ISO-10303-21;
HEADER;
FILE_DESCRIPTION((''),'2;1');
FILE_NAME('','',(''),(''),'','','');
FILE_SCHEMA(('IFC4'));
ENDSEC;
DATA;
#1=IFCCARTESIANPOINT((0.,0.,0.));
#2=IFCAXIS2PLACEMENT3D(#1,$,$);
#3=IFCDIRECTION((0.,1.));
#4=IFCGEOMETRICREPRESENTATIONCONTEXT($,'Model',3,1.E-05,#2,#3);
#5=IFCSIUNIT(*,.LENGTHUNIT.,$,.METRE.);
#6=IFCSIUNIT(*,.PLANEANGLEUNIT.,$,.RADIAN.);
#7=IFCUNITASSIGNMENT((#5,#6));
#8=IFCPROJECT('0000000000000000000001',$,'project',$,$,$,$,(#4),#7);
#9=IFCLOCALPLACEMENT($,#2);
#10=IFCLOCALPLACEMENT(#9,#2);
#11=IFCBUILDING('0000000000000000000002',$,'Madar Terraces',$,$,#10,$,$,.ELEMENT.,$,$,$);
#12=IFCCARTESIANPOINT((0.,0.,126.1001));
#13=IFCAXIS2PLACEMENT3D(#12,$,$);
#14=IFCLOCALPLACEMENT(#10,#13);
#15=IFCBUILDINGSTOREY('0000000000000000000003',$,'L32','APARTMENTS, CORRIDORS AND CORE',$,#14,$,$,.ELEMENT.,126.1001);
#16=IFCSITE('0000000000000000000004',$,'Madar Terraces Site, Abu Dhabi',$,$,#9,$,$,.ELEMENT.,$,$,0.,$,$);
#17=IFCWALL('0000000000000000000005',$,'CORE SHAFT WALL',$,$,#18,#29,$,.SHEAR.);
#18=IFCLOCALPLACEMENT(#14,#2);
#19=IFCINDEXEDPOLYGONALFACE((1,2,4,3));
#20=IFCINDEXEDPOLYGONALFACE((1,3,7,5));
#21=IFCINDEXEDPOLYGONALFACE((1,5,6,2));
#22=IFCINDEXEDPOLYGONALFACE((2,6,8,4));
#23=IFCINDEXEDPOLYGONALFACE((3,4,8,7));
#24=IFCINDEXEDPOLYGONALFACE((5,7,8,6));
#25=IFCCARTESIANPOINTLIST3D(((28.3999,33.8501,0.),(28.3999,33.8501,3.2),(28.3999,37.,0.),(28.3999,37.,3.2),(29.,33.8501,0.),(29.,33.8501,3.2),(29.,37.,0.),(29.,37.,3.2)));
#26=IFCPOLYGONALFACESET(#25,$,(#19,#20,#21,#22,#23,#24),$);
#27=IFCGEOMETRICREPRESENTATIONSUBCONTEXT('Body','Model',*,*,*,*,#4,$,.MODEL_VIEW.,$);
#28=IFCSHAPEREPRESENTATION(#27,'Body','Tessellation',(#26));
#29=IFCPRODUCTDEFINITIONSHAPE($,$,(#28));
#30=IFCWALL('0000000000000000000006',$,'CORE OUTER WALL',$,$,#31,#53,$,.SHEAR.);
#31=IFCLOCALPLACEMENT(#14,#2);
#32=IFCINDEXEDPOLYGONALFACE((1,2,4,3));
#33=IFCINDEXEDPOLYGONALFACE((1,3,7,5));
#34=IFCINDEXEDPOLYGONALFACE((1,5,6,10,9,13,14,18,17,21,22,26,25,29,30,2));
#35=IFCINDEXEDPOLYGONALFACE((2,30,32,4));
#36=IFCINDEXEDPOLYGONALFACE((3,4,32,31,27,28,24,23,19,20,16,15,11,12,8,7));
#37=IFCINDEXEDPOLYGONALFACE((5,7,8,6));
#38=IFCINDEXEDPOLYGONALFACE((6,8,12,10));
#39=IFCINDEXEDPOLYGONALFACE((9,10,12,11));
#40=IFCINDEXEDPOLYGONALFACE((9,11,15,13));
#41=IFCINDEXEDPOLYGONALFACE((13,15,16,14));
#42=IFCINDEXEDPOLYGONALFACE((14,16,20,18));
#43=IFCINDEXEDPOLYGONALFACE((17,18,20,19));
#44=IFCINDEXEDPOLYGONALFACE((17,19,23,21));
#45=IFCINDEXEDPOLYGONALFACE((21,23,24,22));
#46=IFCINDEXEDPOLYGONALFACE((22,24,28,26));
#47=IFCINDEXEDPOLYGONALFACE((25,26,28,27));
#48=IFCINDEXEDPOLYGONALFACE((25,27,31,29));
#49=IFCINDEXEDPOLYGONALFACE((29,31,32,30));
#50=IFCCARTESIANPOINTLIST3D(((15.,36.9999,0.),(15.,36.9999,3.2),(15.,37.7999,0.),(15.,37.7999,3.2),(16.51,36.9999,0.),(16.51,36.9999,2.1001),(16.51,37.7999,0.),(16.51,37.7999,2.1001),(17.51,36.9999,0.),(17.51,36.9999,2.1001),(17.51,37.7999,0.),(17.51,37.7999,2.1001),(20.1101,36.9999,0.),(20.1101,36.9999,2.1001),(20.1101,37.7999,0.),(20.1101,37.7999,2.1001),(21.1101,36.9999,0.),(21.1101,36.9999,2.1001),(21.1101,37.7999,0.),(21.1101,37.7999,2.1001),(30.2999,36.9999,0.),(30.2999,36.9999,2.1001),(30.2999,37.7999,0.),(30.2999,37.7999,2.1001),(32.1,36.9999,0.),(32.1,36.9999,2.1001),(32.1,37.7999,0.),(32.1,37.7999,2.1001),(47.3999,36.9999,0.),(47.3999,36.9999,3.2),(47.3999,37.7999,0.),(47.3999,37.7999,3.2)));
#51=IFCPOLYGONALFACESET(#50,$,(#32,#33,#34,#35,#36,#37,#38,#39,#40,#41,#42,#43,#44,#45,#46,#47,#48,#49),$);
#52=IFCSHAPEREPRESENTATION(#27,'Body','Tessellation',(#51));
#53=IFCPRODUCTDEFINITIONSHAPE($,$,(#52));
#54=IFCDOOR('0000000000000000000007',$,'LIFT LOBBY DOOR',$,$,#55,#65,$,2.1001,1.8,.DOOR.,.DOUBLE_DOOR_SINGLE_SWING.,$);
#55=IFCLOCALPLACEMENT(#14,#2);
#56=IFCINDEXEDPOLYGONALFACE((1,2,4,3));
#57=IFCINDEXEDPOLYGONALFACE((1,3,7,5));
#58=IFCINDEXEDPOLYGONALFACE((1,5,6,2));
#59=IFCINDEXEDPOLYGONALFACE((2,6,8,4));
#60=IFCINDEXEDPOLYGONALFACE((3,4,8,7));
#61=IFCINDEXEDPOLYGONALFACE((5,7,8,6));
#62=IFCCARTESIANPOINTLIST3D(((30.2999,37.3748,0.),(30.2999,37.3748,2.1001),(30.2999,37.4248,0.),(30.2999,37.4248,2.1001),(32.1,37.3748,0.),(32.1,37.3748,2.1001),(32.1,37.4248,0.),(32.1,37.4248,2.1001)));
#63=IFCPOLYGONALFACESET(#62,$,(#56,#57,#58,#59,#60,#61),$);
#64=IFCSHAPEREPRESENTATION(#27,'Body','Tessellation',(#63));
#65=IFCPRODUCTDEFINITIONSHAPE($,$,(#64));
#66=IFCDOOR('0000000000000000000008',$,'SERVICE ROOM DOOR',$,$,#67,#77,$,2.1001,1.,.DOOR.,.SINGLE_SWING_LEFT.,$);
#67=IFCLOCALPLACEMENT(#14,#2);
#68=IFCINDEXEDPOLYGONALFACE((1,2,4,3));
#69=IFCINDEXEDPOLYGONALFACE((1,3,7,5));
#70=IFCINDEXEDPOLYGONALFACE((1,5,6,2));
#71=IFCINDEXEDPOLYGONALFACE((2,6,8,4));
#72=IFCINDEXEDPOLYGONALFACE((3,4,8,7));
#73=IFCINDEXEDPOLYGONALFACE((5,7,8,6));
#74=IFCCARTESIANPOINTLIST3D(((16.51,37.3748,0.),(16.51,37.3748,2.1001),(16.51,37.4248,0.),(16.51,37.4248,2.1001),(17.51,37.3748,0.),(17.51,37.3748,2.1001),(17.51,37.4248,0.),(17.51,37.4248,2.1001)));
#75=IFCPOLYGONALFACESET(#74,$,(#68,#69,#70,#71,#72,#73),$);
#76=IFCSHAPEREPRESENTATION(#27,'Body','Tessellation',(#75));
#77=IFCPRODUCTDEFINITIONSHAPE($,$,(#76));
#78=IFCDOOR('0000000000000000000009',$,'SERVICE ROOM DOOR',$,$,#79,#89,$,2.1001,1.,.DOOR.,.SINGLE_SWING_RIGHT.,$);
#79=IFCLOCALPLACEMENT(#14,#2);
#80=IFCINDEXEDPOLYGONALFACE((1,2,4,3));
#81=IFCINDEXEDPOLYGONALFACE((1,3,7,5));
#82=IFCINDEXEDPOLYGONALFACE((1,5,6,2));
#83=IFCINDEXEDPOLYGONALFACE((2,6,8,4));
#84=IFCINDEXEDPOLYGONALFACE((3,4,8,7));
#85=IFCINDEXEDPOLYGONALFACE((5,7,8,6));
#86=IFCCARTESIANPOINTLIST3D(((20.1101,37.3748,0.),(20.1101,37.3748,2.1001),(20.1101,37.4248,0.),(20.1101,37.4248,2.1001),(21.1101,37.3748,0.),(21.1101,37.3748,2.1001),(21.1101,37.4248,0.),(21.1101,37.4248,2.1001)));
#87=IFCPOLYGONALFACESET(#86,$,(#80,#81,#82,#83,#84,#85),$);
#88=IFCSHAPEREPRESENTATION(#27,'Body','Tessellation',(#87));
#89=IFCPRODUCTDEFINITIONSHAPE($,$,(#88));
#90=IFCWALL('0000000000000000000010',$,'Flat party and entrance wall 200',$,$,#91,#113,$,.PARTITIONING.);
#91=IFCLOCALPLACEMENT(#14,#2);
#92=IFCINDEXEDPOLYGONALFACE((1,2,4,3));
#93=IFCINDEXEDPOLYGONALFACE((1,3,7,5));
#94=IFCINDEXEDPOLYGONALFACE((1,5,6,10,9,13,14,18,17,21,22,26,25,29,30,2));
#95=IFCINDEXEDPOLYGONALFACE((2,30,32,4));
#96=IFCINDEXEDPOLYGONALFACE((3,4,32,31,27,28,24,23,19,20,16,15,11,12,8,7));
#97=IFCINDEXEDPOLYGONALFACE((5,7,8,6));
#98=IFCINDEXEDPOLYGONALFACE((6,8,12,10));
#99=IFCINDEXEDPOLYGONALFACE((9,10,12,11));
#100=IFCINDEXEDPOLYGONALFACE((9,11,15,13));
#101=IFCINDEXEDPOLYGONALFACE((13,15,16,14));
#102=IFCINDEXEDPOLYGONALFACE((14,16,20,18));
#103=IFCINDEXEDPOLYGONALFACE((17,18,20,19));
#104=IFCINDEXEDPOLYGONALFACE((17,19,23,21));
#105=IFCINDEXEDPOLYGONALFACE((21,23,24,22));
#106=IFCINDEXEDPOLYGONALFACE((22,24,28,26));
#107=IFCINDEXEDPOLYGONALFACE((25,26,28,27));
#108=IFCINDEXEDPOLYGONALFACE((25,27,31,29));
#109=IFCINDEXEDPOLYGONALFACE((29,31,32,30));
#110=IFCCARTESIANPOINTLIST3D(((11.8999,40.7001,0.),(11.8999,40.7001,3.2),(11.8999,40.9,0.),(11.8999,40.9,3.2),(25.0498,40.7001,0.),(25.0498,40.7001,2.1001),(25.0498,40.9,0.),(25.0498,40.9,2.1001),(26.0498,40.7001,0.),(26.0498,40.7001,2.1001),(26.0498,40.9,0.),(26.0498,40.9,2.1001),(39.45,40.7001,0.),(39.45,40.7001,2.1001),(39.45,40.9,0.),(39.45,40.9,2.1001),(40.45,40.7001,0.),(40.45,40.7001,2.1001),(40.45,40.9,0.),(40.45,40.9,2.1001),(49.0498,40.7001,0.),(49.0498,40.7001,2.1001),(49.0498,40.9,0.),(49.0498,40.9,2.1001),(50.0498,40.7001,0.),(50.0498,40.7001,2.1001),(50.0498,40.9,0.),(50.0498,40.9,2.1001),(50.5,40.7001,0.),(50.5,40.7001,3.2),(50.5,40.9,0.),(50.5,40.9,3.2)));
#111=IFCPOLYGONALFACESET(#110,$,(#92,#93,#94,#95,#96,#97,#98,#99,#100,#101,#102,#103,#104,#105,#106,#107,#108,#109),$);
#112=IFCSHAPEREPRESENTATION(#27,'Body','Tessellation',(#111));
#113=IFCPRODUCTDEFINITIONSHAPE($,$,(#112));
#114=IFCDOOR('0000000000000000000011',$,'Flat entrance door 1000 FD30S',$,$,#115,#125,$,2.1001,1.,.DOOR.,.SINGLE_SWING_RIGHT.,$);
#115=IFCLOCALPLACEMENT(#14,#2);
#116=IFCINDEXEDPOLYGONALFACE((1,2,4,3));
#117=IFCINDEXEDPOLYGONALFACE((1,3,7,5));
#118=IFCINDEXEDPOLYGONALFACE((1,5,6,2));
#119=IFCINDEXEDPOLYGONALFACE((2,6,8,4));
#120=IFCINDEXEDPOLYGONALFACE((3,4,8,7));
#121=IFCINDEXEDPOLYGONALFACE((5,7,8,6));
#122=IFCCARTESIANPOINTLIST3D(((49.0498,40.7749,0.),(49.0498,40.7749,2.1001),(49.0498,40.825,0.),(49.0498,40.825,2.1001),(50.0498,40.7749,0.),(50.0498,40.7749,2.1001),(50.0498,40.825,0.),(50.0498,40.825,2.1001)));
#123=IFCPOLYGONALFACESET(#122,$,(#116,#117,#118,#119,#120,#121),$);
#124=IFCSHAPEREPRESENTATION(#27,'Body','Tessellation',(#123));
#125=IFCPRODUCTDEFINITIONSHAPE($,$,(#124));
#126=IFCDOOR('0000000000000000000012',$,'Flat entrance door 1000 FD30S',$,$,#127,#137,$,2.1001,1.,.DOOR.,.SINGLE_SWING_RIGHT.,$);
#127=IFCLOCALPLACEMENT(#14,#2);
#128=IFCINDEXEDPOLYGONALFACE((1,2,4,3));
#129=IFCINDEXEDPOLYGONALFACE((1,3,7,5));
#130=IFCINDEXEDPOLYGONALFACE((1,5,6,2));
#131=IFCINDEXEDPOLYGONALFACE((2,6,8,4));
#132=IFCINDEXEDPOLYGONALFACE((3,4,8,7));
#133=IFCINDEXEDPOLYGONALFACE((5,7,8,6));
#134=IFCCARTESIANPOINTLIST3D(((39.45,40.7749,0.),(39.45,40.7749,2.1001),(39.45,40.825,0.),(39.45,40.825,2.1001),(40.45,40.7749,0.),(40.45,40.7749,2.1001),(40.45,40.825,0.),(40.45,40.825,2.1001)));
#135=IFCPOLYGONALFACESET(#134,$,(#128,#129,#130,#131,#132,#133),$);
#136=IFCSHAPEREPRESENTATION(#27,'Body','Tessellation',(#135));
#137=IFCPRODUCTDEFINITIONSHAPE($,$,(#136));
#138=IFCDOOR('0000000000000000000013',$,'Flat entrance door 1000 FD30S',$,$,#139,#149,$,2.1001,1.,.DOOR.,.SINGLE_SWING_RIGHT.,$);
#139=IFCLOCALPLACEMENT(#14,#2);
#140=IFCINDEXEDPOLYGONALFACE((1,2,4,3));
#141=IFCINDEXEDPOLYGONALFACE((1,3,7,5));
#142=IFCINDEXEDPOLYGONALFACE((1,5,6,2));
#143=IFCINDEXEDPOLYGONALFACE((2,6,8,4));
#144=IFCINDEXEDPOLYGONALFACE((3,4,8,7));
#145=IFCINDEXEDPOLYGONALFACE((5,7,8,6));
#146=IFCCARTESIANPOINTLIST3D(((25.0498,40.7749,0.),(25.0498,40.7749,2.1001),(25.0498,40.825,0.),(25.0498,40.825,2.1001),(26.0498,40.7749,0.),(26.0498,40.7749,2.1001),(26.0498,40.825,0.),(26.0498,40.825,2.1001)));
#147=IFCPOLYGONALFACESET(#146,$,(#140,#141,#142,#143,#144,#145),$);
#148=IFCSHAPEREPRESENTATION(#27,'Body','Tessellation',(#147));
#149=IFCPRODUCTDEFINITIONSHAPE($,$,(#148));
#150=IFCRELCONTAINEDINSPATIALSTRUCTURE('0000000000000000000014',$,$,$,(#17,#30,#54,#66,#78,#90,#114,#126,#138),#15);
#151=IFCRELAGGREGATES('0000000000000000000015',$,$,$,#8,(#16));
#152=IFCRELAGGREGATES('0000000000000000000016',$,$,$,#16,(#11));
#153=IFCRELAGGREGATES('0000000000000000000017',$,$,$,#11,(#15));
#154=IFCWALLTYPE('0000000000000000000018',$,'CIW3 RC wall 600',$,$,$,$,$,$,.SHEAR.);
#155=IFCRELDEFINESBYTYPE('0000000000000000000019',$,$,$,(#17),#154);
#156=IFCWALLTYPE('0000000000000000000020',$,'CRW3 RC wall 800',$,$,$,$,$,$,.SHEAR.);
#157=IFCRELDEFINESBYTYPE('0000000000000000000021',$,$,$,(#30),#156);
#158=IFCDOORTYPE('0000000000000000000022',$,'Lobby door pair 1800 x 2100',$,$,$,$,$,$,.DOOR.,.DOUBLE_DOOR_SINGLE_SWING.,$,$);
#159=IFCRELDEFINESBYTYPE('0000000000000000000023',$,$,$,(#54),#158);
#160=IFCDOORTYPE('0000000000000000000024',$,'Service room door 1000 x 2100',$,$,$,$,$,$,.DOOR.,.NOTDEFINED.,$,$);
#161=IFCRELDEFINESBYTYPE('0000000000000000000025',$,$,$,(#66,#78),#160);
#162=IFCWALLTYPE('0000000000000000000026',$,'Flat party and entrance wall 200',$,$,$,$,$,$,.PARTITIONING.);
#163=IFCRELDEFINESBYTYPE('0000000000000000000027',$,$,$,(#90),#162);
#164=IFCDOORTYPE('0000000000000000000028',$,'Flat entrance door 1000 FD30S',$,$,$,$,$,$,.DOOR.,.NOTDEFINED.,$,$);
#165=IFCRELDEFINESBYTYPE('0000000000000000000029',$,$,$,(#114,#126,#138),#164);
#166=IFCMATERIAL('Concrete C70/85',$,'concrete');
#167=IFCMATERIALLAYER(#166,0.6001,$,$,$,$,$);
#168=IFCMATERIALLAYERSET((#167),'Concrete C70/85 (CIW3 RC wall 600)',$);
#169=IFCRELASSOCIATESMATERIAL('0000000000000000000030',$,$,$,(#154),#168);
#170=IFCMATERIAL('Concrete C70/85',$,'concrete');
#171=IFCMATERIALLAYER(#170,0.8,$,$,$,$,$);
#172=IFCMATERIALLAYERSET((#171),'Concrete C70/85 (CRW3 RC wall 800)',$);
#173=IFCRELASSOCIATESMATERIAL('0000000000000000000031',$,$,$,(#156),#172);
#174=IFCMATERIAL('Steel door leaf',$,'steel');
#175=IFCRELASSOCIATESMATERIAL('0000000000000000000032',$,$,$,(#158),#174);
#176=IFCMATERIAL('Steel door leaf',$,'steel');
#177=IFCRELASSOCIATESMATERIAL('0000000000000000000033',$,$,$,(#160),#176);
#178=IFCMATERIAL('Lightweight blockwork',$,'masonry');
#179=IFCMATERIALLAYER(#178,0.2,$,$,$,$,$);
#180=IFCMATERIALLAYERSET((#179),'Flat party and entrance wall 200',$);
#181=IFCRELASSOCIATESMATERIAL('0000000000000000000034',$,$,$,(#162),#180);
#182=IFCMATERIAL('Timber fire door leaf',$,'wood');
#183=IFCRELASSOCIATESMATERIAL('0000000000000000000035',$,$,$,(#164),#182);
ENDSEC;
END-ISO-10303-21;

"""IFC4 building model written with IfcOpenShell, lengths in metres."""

from ifc_helpers import new_model, si_unit, direction, frame, frame_2d, origin, place, context, subcontext, project, spatial, rectangle, extrude, material, layer, layer_set, type_object, element, fill, save


model = new_model("IFC4")

# Units and contexts
model_context = context("Model", 3, precision=1e-05, world=origin(), true_north=direction((0.0, 1.0)))
body_context = subcontext(model_context, "Body", "Model", "MODEL_VIEW")
ifc_project = project(units=[si_unit("LENGTHUNIT", "METRE"), si_unit("PLANEANGLEUNIT", "RADIAN")], contexts=[model_context])

# Site, building, storey
site_placement = place(None, origin())
site = spatial("IfcSite", under=ifc_project, at=site_placement, Name="Madar Terraces Site, Abu Dhabi", CompositionType="ELEMENT", RefElevation=0.0)
building_placement = place(site_placement, origin())
building = spatial("IfcBuilding", under=site, at=building_placement, Name="Madar Terraces", CompositionType="ELEMENT")
storey_placement = place(building_placement, frame((0.0, 0.0, 126.1001)))
storey = spatial("IfcBuildingStorey", under=building, at=storey_placement, Name="L32", Description="APARTMENTS, CORRIDORS AND CORE", CompositionType="ELEMENT", Elevation=126.1001)

# Wall
ifc_material_1 = material(Name="Concrete C70/85", Category="concrete")
ifc_layer_1 = layer(ifc_material_1, 0.6001)
ifc_layer_set_1 = layer_set([ifc_layer_1], Name="Concrete C70/85 (CIW3 RC wall 600)")
wall_type_1 = type_object("IfcWallType", Name="CIW3 RC wall 600", PredefinedType="SHEAR", material=ifc_layer_set_1)
wall_1_placement = place(storey_placement, frame((28.7, 33.8501, 0.0), z_axis=(0.0, 0.0, 1.0), x_axis=(0.0, 1.0, 0.0)))
element("IfcWall", 1, at=wall_1_placement, inside=storey, type_object=wall_type_1, Name="CORE SHAFT WALL", PredefinedType="SHEAR", context=body_context, shape_type="SweptSolid", body=[
    extrude(rectangle(XDim=3.1499, YDim=0.6001, at=frame_2d((1.575, 0.0))), origin(), (0.0, 0.0, 1.0), 3.2),
])

# Walls, openings, doors
ifc_material_2 = material(Name="Concrete C70/85", Category="concrete")
ifc_layer_2 = layer(ifc_material_2, 0.8)
ifc_layer_set_2 = layer_set([ifc_layer_2], Name="Concrete C70/85 (CRW3 RC wall 800)")
wall_type_2 = type_object("IfcWallType", Name="CRW3 RC wall 800", PredefinedType="SHEAR", material=ifc_layer_set_2)
wall_2_placement = place(storey_placement, frame((15.0, 37.3999, 0.0), z_axis=(0.0, 0.0, 1.0), x_axis=(1.0, 0.0, 0.0)))
wall_2 = element("IfcWall", 2, at=wall_2_placement, inside=storey, type_object=wall_type_2, Name="CORE OUTER WALL", PredefinedType="SHEAR", context=body_context, shape_type="SweptSolid", body=[
    extrude(rectangle(XDim=32.3999, YDim=0.8, at=frame_2d((16.2, 0.0))), origin(), (0.0, 0.0, 1.0), 3.2),
])
opening_1_placement = place(wall_2_placement, frame((15.3, 0.0, 0.0)))
opening_1 = element("IfcOpeningElement", 3, at=opening_1_placement, cuts=wall_2, PredefinedType="OPENING", context=body_context, shape_type="SweptSolid", body=[
    extrude(rectangle(XDim=1.8, YDim=2.1001, at=frame_2d((0.8999, 1.05))), frame((0.0, 0.4099, 0.0), z_axis=(0.0, -1.0, 0.0), x_axis=(1.0, 0.0, 0.0)), (0.0, 0.0, 1.0), 0.8201),
])
opening_2_placement = place(wall_2_placement, frame((1.51, 0.0, 0.0)))
opening_2 = element("IfcOpeningElement", 4, at=opening_2_placement, cuts=wall_2, PredefinedType="OPENING", context=body_context, shape_type="SweptSolid", body=[
    extrude(rectangle(XDim=1.0, YDim=2.1001, at=frame_2d((0.5, 1.05))), frame((0.0, 0.4099, 0.0), z_axis=(0.0, -1.0, 0.0), x_axis=(1.0, 0.0, 0.0)), (0.0, 0.0, 1.0), 0.8201),
])
opening_3_placement = place(wall_2_placement, frame((5.1101, 0.0, 0.0)))
opening_3 = element("IfcOpeningElement", 5, at=opening_3_placement, cuts=wall_2, PredefinedType="OPENING", context=body_context, shape_type="SweptSolid", body=[
    extrude(rectangle(XDim=1.0, YDim=2.1001, at=frame_2d((0.5, 1.05))), frame((0.0, 0.4099, 0.0), z_axis=(0.0, -1.0, 0.0), x_axis=(1.0, 0.0, 0.0)), (0.0, 0.0, 1.0), 0.8201),
])
ifc_material_3 = material(Name="Steel door leaf", Category="steel")
door_type_1 = type_object("IfcDoorType", Name="Lobby door pair 1800 x 2100", OperationType="DOUBLE_DOOR_SINGLE_SWING", PredefinedType="DOOR", material=ifc_material_3)
door_1_placement = place(opening_1_placement, origin())
door_1 = element("IfcDoor", 6, at=door_1_placement, inside=storey, type_object=door_type_1, Name="LIFT LOBBY DOOR", OperationType="DOUBLE_DOOR_SINGLE_SWING", OverallHeight=2.1001, OverallWidth=1.8, PredefinedType="DOOR", context=body_context, shape_type="SweptSolid", body=[
    extrude(rectangle(XDim=1.8, YDim=2.1001, at=frame_2d((0.8999, 1.05))), frame((0.0, 0.0249, 0.0), z_axis=(0.0, -1.0, 0.0), x_axis=(1.0, 0.0, 0.0)), (0.0, 0.0, 1.0), 0.05),
])
fill(opening_1, door_1)
ifc_material_4 = material(Name="Steel door leaf", Category="steel")
door_type_2 = type_object("IfcDoorType", Name="Service room door 1000 x 2100", OperationType="NOTDEFINED", PredefinedType="DOOR", material=ifc_material_4)
door_2_placement = place(opening_2_placement, origin())
door_2 = element("IfcDoor", 7, at=door_2_placement, inside=storey, type_object=door_type_2, Name="SERVICE ROOM DOOR", OperationType="SINGLE_SWING_LEFT", OverallHeight=2.1001, OverallWidth=1.0, PredefinedType="DOOR", context=body_context, shape_type="SweptSolid", body=[
    extrude(rectangle(XDim=1.0, YDim=2.1001, at=frame_2d((0.5, 1.05))), frame((0.0, 0.0249, 0.0), z_axis=(0.0, -1.0, 0.0), x_axis=(1.0, 0.0, 0.0)), (0.0, 0.0, 1.0), 0.05),
])
fill(opening_2, door_2)
door_3_placement = place(opening_3_placement, origin())
door_3 = element("IfcDoor", 8, at=door_3_placement, inside=storey, type_object=door_type_2, Name="SERVICE ROOM DOOR", OperationType="SINGLE_SWING_RIGHT", OverallHeight=2.1001, OverallWidth=1.0, PredefinedType="DOOR", context=body_context, shape_type="SweptSolid", body=[
    extrude(rectangle(XDim=1.0, YDim=2.1001, at=frame_2d((0.5, 1.05))), frame((0.0, 0.0249, 0.0), z_axis=(0.0, -1.0, 0.0), x_axis=(1.0, 0.0, 0.0)), (0.0, 0.0, 1.0), 0.05),
])
fill(opening_3, door_3)
ifc_material_5 = material(Name="Lightweight blockwork", Category="masonry")
ifc_layer_3 = layer(ifc_material_5, 0.2)
ifc_layer_set_3 = layer_set([ifc_layer_3], Name="Flat party and entrance wall 200")
wall_type_3 = type_object("IfcWallType", Name="Flat party and entrance wall 200", PredefinedType="PARTITIONING", material=ifc_layer_set_3)
wall_3_placement = place(storey_placement, frame((11.8999, 40.8, 0.0), z_axis=(0.0, 0.0, 1.0), x_axis=(1.0, 0.0, 0.0)))
wall_3 = element("IfcWall", 9, at=wall_3_placement, inside=storey, type_object=wall_type_3, Name="Flat party and entrance wall 200", PredefinedType="PARTITIONING", context=body_context, shape_type="SweptSolid", body=[
    extrude(rectangle(XDim=38.6001, YDim=0.2, at=frame_2d((19.3, 0.0))), origin(), (0.0, 0.0, 1.0), 3.2),
])
opening_4_placement = place(wall_3_placement, frame((37.1499, 0.0, 0.0)))
opening_4 = element("IfcOpeningElement", 10, at=opening_4_placement, cuts=wall_3, PredefinedType="OPENING", context=body_context, shape_type="SweptSolid", body=[
    extrude(rectangle(XDim=1.0, YDim=2.1001, at=frame_2d((0.5, 1.05))), frame((0.0, 0.1099, 0.0), z_axis=(0.0, -1.0, 0.0), x_axis=(1.0, 0.0, 0.0)), (0.0, 0.0, 1.0), 0.22),
])
opening_5_placement = place(wall_3_placement, frame((27.55, 0.0, 0.0)))
opening_5 = element("IfcOpeningElement", 11, at=opening_5_placement, cuts=wall_3, PredefinedType="OPENING", context=body_context, shape_type="SweptSolid", body=[
    extrude(rectangle(XDim=1.0, YDim=2.1001, at=frame_2d((0.5, 1.05))), frame((0.0, 0.1099, 0.0), z_axis=(0.0, -1.0, 0.0), x_axis=(1.0, 0.0, 0.0)), (0.0, 0.0, 1.0), 0.22),
])
opening_6_placement = place(wall_3_placement, frame((13.1499, 0.0, 0.0)))
opening_6 = element("IfcOpeningElement", 12, at=opening_6_placement, cuts=wall_3, PredefinedType="OPENING", context=body_context, shape_type="SweptSolid", body=[
    extrude(rectangle(XDim=1.0, YDim=2.1001, at=frame_2d((0.5, 1.05))), frame((0.0, 0.1099, 0.0), z_axis=(0.0, -1.0, 0.0), x_axis=(1.0, 0.0, 0.0)), (0.0, 0.0, 1.0), 0.22),
])
ifc_material_6 = material(Name="Timber fire door leaf", Category="wood")
door_type_3 = type_object("IfcDoorType", Name="Flat entrance door 1000 FD30S", OperationType="NOTDEFINED", PredefinedType="DOOR", material=ifc_material_6)
door_4_placement = place(opening_4_placement, origin())
door_4 = element("IfcDoor", 13, at=door_4_placement, inside=storey, type_object=door_type_3, Name="Flat entrance door 1000 FD30S", OperationType="SINGLE_SWING_RIGHT", OverallHeight=2.1001, OverallWidth=1.0, PredefinedType="DOOR", context=body_context, shape_type="SweptSolid", body=[
    extrude(rectangle(XDim=1.0, YDim=2.1001, at=frame_2d((0.5, 1.05))), frame((0.0, 0.0249, 0.0), z_axis=(0.0, -1.0, 0.0), x_axis=(1.0, 0.0, 0.0)), (0.0, 0.0, 1.0), 0.05),
])
fill(opening_4, door_4)
door_5_placement = place(opening_5_placement, origin())
door_5 = element("IfcDoor", 14, at=door_5_placement, inside=storey, type_object=door_type_3, Name="Flat entrance door 1000 FD30S", OperationType="SINGLE_SWING_RIGHT", OverallHeight=2.1001, OverallWidth=1.0, PredefinedType="DOOR", context=body_context, shape_type="SweptSolid", body=[
    extrude(rectangle(XDim=1.0, YDim=2.1001, at=frame_2d((0.5, 1.05))), frame((0.0, 0.0249, 0.0), z_axis=(0.0, -1.0, 0.0), x_axis=(1.0, 0.0, 0.0)), (0.0, 0.0, 1.0), 0.05),
])
fill(opening_5, door_5)
door_6_placement = place(opening_6_placement, origin())
door_6 = element("IfcDoor", 15, at=door_6_placement, inside=storey, type_object=door_type_3, Name="Flat entrance door 1000 FD30S", OperationType="SINGLE_SWING_RIGHT", OverallHeight=2.1001, OverallWidth=1.0, PredefinedType="DOOR", context=body_context, shape_type="SweptSolid", body=[
    extrude(rectangle(XDim=1.0, YDim=2.1001, at=frame_2d((0.5, 1.05))), frame((0.0, 0.0249, 0.0), z_axis=(0.0, -1.0, 0.0), x_axis=(1.0, 0.0, 0.0)), (0.0, 0.0, 1.0), 0.05),
])
fill(opening_6, door_6)

save(model, "model.ifc")
